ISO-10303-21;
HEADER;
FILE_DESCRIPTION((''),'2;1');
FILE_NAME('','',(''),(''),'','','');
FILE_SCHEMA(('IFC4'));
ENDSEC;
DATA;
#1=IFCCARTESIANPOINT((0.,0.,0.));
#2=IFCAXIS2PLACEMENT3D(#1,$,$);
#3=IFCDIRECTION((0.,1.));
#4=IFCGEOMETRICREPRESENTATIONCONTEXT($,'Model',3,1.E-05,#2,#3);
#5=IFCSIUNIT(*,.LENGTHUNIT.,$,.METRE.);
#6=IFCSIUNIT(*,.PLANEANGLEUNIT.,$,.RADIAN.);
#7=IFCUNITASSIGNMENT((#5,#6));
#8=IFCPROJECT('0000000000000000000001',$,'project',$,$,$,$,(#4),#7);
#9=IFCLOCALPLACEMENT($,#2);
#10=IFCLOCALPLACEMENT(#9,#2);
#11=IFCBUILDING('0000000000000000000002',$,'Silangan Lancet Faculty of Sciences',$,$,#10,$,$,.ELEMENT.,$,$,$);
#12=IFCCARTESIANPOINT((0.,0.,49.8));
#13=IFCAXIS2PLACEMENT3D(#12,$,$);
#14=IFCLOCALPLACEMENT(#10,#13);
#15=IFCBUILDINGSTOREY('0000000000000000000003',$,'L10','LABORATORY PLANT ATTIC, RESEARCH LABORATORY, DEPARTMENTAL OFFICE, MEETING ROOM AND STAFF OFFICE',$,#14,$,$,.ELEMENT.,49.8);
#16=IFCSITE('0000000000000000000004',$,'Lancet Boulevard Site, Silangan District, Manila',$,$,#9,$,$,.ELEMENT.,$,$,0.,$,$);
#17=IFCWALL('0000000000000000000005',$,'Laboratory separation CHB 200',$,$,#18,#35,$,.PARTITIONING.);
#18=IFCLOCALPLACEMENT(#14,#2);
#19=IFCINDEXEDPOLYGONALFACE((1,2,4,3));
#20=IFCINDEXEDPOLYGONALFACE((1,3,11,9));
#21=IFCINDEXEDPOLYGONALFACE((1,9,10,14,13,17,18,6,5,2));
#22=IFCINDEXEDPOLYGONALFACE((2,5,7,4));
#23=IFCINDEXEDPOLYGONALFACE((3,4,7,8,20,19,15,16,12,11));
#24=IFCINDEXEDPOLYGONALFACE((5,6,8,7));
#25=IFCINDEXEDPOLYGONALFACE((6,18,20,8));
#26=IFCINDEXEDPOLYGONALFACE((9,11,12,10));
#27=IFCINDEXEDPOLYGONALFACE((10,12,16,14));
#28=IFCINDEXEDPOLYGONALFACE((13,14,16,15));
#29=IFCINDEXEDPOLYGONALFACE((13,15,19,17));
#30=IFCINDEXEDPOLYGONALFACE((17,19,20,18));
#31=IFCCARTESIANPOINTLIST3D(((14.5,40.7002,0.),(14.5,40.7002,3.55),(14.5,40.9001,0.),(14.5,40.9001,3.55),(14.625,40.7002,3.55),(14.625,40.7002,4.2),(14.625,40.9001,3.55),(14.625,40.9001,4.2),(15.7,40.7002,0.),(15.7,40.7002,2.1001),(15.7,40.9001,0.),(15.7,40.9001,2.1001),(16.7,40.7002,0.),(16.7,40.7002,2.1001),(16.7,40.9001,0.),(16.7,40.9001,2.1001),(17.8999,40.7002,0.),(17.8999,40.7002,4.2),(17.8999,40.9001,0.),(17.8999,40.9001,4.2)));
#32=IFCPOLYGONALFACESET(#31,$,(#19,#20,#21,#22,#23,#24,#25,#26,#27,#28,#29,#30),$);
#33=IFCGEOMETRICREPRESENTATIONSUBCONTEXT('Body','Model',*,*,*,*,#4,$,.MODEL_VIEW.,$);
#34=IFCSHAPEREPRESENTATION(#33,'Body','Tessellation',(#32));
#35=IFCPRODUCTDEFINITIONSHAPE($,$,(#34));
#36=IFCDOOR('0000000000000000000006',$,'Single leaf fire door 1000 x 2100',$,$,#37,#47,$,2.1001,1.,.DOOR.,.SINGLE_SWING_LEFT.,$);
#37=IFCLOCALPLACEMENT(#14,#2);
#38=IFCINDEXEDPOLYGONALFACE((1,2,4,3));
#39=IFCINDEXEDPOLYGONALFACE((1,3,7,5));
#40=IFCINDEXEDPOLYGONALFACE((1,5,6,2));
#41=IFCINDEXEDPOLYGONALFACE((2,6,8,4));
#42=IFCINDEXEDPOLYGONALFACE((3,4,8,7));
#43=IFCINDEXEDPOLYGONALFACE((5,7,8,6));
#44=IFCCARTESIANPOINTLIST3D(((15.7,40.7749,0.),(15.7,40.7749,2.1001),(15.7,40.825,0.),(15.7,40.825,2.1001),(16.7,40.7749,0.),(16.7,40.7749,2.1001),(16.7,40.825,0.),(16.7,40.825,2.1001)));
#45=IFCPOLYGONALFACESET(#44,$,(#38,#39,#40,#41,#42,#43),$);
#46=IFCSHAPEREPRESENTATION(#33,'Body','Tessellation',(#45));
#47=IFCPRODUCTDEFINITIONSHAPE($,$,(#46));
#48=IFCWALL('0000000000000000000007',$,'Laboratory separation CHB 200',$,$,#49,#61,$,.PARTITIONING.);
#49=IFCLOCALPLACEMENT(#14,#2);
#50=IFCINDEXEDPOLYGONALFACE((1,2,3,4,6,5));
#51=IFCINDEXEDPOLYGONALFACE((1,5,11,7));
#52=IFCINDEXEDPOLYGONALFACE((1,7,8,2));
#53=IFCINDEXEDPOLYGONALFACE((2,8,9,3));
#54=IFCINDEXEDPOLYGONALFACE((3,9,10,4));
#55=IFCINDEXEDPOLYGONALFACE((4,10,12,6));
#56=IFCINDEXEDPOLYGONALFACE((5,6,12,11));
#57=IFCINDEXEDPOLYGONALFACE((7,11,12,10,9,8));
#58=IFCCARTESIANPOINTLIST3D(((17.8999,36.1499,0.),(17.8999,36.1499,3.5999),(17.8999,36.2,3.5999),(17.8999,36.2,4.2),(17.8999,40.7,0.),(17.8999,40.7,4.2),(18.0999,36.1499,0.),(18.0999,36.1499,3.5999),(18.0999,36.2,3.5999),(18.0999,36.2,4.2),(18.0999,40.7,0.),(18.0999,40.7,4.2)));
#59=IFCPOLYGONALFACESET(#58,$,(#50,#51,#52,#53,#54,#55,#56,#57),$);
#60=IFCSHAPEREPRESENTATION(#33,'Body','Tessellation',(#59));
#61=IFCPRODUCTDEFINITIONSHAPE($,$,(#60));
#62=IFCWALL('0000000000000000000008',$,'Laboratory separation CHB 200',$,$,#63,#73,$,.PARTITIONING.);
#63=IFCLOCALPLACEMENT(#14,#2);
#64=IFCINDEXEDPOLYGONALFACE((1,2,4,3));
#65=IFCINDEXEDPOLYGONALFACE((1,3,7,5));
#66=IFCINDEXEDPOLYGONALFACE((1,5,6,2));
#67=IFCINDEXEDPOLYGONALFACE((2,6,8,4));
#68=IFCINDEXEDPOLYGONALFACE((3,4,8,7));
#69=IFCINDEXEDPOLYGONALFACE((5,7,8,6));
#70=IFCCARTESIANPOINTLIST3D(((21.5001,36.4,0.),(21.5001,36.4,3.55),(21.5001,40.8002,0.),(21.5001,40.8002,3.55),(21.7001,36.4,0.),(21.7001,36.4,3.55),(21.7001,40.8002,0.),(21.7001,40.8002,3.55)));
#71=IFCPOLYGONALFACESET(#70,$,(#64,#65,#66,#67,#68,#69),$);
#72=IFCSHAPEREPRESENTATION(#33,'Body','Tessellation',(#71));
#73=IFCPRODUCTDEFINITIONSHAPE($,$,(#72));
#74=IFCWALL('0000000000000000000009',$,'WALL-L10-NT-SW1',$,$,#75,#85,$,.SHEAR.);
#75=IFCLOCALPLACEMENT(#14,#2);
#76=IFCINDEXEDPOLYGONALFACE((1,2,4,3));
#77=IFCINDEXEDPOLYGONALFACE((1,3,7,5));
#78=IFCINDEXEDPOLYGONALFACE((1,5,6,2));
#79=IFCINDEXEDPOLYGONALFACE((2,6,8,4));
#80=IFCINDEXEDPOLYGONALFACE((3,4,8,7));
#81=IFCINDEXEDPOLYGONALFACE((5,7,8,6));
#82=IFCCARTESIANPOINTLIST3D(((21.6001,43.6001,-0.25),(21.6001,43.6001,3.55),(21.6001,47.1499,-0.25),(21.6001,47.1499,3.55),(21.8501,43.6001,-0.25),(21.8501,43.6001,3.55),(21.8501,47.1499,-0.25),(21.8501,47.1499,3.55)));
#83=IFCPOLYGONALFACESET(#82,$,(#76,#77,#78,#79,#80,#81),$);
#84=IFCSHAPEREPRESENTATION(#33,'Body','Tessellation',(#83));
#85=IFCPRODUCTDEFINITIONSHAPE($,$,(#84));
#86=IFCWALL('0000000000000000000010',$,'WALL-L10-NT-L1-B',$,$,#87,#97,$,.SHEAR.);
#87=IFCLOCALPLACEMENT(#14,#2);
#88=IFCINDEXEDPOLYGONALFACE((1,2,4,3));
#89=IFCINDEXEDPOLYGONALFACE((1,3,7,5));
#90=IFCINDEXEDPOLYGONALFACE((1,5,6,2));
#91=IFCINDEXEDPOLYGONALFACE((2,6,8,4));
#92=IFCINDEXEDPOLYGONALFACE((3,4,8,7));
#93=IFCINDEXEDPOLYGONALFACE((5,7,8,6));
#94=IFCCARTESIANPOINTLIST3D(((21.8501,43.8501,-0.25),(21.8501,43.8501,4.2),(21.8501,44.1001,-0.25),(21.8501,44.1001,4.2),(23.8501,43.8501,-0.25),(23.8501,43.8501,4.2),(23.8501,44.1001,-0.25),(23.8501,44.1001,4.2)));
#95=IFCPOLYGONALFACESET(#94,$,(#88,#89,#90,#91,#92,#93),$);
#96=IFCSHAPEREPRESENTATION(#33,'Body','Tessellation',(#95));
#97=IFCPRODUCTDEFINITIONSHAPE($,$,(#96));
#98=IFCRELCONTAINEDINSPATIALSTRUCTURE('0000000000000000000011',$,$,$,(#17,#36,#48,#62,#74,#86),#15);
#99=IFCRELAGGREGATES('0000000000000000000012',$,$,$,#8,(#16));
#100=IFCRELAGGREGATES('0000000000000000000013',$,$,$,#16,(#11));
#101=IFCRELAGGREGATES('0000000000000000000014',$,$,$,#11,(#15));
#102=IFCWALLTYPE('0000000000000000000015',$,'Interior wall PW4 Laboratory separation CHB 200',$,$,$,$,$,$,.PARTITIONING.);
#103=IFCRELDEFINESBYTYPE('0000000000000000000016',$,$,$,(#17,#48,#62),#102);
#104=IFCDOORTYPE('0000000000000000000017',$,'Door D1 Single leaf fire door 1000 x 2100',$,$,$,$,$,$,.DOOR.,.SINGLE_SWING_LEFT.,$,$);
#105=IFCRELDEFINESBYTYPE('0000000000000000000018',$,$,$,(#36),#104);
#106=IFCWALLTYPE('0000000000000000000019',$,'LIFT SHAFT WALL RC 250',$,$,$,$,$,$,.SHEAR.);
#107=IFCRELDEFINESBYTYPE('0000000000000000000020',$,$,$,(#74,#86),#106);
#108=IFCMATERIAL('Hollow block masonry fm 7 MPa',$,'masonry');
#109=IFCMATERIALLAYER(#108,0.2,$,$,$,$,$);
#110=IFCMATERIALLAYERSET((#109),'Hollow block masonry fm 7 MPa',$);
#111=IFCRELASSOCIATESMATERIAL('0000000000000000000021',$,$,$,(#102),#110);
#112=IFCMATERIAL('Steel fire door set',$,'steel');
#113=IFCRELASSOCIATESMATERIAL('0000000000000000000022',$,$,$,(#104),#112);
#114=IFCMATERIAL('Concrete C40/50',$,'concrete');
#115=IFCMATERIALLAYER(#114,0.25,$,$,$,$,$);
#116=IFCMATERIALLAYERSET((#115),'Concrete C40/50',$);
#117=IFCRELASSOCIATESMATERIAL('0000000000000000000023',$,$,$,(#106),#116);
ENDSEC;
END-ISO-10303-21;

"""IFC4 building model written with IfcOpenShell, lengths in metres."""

from ifc_helpers import new_model, si_unit, direction, frame, frame_2d, origin, place, context, subcontext, project, spatial, polyline, rectangle, outline, extrude, material, layer, layer_set, type_object, element, fill, save


model = new_model("IFC4")

# Units and contexts
model_context = context("Model", 3, precision=1e-05, world=origin(), true_north=direction((0.0, 1.0)))
body_context = subcontext(model_context, "Body", "Model", "MODEL_VIEW")
ifc_project = project(units=[si_unit("LENGTHUNIT", "METRE"), si_unit("PLANEANGLEUNIT", "RADIAN")], contexts=[model_context])

# Site, building, storey
site_placement = place(None, origin())
site = spatial("IfcSite", under=ifc_project, at=site_placement, Name="Lancet Boulevard Site, Silangan District, Manila", CompositionType="ELEMENT", RefElevation=0.0)
building_placement = place(site_placement, origin())
building = spatial("IfcBuilding", under=site, at=building_placement, Name="Silangan Lancet Faculty of Sciences", CompositionType="ELEMENT")
storey_placement = place(building_placement, frame((0.0, 0.0, 49.8)))
storey = spatial("IfcBuildingStorey", under=building, at=storey_placement, Name="L10", Description="LABORATORY PLANT ATTIC, RESEARCH LABORATORY, DEPARTMENTAL OFFICE, MEETING ROOM AND STAFF OFFICE", CompositionType="ELEMENT", Elevation=49.8)

# Wall, opening, door
ifc_material_1 = material(Name="Hollow block masonry fm 7 MPa", Category="masonry")
ifc_layer_1 = layer(ifc_material_1, 0.2)
ifc_layer_set_1 = layer_set([ifc_layer_1], Name="Hollow block masonry fm 7 MPa")
wall_type_1 = type_object("IfcWallType", Name="Interior wall PW4 Laboratory separation CHB 200", PredefinedType="PARTITIONING", material=ifc_layer_set_1)
wall_1_placement = place(storey_placement, frame((14.5, 40.8, 0.0), z_axis=(0.0, 0.0, 1.0), x_axis=(1.0, 0.0, 0.0)))
wall_1 = element("IfcWall", 1, at=wall_1_placement, inside=storey, type_object=wall_type_1, Name="Laboratory separation CHB 200", PredefinedType="PARTITIONING", context=body_context, shape_type="SweptSolid", body=[
    extrude(outline(polyline([(0.0, 0.0), (3.3999, 0.0), (3.3999, 4.2), (0.125, 4.2), (0.125, 3.55), (0.0, 3.55), (0.0, 0.0)])), frame((0.0, 0.1001, 0.0), z_axis=(0.0, -1.0, 0.0), x_axis=(1.0, 0.0, 0.0)), (0.0, 0.0, 1.0), 0.2),
])
opening_1_placement = place(wall_1_placement, frame((1.2, 0.0, 0.0)))
opening_1 = element("IfcOpeningElement", 2, at=opening_1_placement, cuts=wall_1, PredefinedType="OPENING", context=body_context, shape_type="SweptSolid", body=[
    extrude(rectangle(XDim=1.0, YDim=2.1001, at=frame_2d((0.5, 1.05))), frame((0.0, 0.1099, 0.0), z_axis=(0.0, -1.0, 0.0), x_axis=(1.0, 0.0, 0.0)), (0.0, 0.0, 1.0), 0.22),
])
ifc_material_2 = material(Name="Steel fire door set", Category="steel")
door_type = type_object("IfcDoorType", Name="Door D1 Single leaf fire door 1000 x 2100", OperationType="SINGLE_SWING_LEFT", PredefinedType="DOOR", material=ifc_material_2)
door_placement = place(opening_1_placement, frame((1.0, 0.0, 0.0), z_axis=(0.0, 0.0, 1.0), x_axis=(-1.0, 0.0, 0.0)))
door = element("IfcDoor", 3, at=door_placement, inside=storey, type_object=door_type, Name="Single leaf fire door 1000 x 2100", OperationType="SINGLE_SWING_LEFT", OverallHeight=2.1001, OverallWidth=1.0, PredefinedType="DOOR", context=body_context, shape_type="SweptSolid", body=[
    extrude(rectangle(XDim=1.0, YDim=2.1001, at=frame_2d((0.5, 1.05))), frame((0.0, 0.0251, 0.0), z_axis=(0.0, -1.0, 0.0), x_axis=(1.0, 0.0, 0.0)), (0.0, 0.0, 1.0), 0.05),
])
fill(opening_1, door)

# Walls
wall_2_placement = place(storey_placement, frame((18.0, 36.1499, 0.0), z_axis=(0.0, 0.0, 1.0), x_axis=(0.0, 1.0, 0.0)))
element("IfcWall", 4, at=wall_2_placement, inside=storey, type_object=wall_type_1, Name="Laboratory separation CHB 200", PredefinedType="PARTITIONING", context=body_context, shape_type="SweptSolid", body=[
    extrude(outline(polyline([(0.0, 0.0), (4.55, 0.0), (4.55, 4.2), (0.05, 4.2), (0.05, 3.5999), (0.0, 3.5999), (0.0, 0.0)])), frame((0.0, 0.1001, 0.0), z_axis=(0.0, -1.0, 0.0), x_axis=(1.0, 0.0, 0.0)), (0.0, 0.0, 1.0), 0.2),
])
wall_3_placement = place(storey_placement, frame((21.6001, 36.3999, 0.0), z_axis=(0.0, 0.0, 1.0), x_axis=(0.0, 1.0, 0.0)))
element("IfcWall", 5, at=wall_3_placement, inside=storey, type_object=wall_type_1, Name="Laboratory separation CHB 200", PredefinedType="PARTITIONING", context=body_context, shape_type="SweptSolid", body=[
    extrude(rectangle(XDim=4.4001, YDim=0.2, at=frame_2d((2.2002, 0.0))), origin(), (0.0, 0.0, 1.0), 3.55),
])
ifc_material_3 = material(Name="Concrete C40/50", Category="concrete")
ifc_layer_2 = layer(ifc_material_3, 0.25)
ifc_layer_set_2 = layer_set([ifc_layer_2], Name="Concrete C40/50")
wall_type_2 = type_object("IfcWallType", Name="LIFT SHAFT WALL RC 250", PredefinedType="SHEAR", material=ifc_layer_set_2)
wall_4_placement = place(storey_placement, frame((21.7251, 43.6001, -0.25), z_axis=(0.0, 0.0, 1.0), x_axis=(0.0, 1.0, 0.0)))
element("IfcWall", 6, at=wall_4_placement, inside=storey, type_object=wall_type_2, Name="WALL-L10-NT-SW1", PredefinedType="SHEAR", context=body_context, shape_type="SweptSolid", body=[
    extrude(rectangle(XDim=3.5498, YDim=0.25, at=frame_2d((1.7749, 0.0))), origin(), (0.0, 0.0, 1.0), 3.8),
])
wall_5_placement = place(storey_placement, frame((21.8501, 43.9751, -0.25), z_axis=(0.0, 0.0, 1.0), x_axis=(1.0, 0.0, 0.0)))
element("IfcWall", 7, at=wall_5_placement, inside=storey, type_object=wall_type_2, Name="WALL-L10-NT-L1-B", PredefinedType="SHEAR", context=body_context, shape_type="SweptSolid", body=[
    extrude(rectangle(XDim=2.0, YDim=0.25, at=frame_2d((1.0, 0.0))), origin(), (0.0, 0.0, 1.0), 4.45),
])

save(model, "model.ifc")
